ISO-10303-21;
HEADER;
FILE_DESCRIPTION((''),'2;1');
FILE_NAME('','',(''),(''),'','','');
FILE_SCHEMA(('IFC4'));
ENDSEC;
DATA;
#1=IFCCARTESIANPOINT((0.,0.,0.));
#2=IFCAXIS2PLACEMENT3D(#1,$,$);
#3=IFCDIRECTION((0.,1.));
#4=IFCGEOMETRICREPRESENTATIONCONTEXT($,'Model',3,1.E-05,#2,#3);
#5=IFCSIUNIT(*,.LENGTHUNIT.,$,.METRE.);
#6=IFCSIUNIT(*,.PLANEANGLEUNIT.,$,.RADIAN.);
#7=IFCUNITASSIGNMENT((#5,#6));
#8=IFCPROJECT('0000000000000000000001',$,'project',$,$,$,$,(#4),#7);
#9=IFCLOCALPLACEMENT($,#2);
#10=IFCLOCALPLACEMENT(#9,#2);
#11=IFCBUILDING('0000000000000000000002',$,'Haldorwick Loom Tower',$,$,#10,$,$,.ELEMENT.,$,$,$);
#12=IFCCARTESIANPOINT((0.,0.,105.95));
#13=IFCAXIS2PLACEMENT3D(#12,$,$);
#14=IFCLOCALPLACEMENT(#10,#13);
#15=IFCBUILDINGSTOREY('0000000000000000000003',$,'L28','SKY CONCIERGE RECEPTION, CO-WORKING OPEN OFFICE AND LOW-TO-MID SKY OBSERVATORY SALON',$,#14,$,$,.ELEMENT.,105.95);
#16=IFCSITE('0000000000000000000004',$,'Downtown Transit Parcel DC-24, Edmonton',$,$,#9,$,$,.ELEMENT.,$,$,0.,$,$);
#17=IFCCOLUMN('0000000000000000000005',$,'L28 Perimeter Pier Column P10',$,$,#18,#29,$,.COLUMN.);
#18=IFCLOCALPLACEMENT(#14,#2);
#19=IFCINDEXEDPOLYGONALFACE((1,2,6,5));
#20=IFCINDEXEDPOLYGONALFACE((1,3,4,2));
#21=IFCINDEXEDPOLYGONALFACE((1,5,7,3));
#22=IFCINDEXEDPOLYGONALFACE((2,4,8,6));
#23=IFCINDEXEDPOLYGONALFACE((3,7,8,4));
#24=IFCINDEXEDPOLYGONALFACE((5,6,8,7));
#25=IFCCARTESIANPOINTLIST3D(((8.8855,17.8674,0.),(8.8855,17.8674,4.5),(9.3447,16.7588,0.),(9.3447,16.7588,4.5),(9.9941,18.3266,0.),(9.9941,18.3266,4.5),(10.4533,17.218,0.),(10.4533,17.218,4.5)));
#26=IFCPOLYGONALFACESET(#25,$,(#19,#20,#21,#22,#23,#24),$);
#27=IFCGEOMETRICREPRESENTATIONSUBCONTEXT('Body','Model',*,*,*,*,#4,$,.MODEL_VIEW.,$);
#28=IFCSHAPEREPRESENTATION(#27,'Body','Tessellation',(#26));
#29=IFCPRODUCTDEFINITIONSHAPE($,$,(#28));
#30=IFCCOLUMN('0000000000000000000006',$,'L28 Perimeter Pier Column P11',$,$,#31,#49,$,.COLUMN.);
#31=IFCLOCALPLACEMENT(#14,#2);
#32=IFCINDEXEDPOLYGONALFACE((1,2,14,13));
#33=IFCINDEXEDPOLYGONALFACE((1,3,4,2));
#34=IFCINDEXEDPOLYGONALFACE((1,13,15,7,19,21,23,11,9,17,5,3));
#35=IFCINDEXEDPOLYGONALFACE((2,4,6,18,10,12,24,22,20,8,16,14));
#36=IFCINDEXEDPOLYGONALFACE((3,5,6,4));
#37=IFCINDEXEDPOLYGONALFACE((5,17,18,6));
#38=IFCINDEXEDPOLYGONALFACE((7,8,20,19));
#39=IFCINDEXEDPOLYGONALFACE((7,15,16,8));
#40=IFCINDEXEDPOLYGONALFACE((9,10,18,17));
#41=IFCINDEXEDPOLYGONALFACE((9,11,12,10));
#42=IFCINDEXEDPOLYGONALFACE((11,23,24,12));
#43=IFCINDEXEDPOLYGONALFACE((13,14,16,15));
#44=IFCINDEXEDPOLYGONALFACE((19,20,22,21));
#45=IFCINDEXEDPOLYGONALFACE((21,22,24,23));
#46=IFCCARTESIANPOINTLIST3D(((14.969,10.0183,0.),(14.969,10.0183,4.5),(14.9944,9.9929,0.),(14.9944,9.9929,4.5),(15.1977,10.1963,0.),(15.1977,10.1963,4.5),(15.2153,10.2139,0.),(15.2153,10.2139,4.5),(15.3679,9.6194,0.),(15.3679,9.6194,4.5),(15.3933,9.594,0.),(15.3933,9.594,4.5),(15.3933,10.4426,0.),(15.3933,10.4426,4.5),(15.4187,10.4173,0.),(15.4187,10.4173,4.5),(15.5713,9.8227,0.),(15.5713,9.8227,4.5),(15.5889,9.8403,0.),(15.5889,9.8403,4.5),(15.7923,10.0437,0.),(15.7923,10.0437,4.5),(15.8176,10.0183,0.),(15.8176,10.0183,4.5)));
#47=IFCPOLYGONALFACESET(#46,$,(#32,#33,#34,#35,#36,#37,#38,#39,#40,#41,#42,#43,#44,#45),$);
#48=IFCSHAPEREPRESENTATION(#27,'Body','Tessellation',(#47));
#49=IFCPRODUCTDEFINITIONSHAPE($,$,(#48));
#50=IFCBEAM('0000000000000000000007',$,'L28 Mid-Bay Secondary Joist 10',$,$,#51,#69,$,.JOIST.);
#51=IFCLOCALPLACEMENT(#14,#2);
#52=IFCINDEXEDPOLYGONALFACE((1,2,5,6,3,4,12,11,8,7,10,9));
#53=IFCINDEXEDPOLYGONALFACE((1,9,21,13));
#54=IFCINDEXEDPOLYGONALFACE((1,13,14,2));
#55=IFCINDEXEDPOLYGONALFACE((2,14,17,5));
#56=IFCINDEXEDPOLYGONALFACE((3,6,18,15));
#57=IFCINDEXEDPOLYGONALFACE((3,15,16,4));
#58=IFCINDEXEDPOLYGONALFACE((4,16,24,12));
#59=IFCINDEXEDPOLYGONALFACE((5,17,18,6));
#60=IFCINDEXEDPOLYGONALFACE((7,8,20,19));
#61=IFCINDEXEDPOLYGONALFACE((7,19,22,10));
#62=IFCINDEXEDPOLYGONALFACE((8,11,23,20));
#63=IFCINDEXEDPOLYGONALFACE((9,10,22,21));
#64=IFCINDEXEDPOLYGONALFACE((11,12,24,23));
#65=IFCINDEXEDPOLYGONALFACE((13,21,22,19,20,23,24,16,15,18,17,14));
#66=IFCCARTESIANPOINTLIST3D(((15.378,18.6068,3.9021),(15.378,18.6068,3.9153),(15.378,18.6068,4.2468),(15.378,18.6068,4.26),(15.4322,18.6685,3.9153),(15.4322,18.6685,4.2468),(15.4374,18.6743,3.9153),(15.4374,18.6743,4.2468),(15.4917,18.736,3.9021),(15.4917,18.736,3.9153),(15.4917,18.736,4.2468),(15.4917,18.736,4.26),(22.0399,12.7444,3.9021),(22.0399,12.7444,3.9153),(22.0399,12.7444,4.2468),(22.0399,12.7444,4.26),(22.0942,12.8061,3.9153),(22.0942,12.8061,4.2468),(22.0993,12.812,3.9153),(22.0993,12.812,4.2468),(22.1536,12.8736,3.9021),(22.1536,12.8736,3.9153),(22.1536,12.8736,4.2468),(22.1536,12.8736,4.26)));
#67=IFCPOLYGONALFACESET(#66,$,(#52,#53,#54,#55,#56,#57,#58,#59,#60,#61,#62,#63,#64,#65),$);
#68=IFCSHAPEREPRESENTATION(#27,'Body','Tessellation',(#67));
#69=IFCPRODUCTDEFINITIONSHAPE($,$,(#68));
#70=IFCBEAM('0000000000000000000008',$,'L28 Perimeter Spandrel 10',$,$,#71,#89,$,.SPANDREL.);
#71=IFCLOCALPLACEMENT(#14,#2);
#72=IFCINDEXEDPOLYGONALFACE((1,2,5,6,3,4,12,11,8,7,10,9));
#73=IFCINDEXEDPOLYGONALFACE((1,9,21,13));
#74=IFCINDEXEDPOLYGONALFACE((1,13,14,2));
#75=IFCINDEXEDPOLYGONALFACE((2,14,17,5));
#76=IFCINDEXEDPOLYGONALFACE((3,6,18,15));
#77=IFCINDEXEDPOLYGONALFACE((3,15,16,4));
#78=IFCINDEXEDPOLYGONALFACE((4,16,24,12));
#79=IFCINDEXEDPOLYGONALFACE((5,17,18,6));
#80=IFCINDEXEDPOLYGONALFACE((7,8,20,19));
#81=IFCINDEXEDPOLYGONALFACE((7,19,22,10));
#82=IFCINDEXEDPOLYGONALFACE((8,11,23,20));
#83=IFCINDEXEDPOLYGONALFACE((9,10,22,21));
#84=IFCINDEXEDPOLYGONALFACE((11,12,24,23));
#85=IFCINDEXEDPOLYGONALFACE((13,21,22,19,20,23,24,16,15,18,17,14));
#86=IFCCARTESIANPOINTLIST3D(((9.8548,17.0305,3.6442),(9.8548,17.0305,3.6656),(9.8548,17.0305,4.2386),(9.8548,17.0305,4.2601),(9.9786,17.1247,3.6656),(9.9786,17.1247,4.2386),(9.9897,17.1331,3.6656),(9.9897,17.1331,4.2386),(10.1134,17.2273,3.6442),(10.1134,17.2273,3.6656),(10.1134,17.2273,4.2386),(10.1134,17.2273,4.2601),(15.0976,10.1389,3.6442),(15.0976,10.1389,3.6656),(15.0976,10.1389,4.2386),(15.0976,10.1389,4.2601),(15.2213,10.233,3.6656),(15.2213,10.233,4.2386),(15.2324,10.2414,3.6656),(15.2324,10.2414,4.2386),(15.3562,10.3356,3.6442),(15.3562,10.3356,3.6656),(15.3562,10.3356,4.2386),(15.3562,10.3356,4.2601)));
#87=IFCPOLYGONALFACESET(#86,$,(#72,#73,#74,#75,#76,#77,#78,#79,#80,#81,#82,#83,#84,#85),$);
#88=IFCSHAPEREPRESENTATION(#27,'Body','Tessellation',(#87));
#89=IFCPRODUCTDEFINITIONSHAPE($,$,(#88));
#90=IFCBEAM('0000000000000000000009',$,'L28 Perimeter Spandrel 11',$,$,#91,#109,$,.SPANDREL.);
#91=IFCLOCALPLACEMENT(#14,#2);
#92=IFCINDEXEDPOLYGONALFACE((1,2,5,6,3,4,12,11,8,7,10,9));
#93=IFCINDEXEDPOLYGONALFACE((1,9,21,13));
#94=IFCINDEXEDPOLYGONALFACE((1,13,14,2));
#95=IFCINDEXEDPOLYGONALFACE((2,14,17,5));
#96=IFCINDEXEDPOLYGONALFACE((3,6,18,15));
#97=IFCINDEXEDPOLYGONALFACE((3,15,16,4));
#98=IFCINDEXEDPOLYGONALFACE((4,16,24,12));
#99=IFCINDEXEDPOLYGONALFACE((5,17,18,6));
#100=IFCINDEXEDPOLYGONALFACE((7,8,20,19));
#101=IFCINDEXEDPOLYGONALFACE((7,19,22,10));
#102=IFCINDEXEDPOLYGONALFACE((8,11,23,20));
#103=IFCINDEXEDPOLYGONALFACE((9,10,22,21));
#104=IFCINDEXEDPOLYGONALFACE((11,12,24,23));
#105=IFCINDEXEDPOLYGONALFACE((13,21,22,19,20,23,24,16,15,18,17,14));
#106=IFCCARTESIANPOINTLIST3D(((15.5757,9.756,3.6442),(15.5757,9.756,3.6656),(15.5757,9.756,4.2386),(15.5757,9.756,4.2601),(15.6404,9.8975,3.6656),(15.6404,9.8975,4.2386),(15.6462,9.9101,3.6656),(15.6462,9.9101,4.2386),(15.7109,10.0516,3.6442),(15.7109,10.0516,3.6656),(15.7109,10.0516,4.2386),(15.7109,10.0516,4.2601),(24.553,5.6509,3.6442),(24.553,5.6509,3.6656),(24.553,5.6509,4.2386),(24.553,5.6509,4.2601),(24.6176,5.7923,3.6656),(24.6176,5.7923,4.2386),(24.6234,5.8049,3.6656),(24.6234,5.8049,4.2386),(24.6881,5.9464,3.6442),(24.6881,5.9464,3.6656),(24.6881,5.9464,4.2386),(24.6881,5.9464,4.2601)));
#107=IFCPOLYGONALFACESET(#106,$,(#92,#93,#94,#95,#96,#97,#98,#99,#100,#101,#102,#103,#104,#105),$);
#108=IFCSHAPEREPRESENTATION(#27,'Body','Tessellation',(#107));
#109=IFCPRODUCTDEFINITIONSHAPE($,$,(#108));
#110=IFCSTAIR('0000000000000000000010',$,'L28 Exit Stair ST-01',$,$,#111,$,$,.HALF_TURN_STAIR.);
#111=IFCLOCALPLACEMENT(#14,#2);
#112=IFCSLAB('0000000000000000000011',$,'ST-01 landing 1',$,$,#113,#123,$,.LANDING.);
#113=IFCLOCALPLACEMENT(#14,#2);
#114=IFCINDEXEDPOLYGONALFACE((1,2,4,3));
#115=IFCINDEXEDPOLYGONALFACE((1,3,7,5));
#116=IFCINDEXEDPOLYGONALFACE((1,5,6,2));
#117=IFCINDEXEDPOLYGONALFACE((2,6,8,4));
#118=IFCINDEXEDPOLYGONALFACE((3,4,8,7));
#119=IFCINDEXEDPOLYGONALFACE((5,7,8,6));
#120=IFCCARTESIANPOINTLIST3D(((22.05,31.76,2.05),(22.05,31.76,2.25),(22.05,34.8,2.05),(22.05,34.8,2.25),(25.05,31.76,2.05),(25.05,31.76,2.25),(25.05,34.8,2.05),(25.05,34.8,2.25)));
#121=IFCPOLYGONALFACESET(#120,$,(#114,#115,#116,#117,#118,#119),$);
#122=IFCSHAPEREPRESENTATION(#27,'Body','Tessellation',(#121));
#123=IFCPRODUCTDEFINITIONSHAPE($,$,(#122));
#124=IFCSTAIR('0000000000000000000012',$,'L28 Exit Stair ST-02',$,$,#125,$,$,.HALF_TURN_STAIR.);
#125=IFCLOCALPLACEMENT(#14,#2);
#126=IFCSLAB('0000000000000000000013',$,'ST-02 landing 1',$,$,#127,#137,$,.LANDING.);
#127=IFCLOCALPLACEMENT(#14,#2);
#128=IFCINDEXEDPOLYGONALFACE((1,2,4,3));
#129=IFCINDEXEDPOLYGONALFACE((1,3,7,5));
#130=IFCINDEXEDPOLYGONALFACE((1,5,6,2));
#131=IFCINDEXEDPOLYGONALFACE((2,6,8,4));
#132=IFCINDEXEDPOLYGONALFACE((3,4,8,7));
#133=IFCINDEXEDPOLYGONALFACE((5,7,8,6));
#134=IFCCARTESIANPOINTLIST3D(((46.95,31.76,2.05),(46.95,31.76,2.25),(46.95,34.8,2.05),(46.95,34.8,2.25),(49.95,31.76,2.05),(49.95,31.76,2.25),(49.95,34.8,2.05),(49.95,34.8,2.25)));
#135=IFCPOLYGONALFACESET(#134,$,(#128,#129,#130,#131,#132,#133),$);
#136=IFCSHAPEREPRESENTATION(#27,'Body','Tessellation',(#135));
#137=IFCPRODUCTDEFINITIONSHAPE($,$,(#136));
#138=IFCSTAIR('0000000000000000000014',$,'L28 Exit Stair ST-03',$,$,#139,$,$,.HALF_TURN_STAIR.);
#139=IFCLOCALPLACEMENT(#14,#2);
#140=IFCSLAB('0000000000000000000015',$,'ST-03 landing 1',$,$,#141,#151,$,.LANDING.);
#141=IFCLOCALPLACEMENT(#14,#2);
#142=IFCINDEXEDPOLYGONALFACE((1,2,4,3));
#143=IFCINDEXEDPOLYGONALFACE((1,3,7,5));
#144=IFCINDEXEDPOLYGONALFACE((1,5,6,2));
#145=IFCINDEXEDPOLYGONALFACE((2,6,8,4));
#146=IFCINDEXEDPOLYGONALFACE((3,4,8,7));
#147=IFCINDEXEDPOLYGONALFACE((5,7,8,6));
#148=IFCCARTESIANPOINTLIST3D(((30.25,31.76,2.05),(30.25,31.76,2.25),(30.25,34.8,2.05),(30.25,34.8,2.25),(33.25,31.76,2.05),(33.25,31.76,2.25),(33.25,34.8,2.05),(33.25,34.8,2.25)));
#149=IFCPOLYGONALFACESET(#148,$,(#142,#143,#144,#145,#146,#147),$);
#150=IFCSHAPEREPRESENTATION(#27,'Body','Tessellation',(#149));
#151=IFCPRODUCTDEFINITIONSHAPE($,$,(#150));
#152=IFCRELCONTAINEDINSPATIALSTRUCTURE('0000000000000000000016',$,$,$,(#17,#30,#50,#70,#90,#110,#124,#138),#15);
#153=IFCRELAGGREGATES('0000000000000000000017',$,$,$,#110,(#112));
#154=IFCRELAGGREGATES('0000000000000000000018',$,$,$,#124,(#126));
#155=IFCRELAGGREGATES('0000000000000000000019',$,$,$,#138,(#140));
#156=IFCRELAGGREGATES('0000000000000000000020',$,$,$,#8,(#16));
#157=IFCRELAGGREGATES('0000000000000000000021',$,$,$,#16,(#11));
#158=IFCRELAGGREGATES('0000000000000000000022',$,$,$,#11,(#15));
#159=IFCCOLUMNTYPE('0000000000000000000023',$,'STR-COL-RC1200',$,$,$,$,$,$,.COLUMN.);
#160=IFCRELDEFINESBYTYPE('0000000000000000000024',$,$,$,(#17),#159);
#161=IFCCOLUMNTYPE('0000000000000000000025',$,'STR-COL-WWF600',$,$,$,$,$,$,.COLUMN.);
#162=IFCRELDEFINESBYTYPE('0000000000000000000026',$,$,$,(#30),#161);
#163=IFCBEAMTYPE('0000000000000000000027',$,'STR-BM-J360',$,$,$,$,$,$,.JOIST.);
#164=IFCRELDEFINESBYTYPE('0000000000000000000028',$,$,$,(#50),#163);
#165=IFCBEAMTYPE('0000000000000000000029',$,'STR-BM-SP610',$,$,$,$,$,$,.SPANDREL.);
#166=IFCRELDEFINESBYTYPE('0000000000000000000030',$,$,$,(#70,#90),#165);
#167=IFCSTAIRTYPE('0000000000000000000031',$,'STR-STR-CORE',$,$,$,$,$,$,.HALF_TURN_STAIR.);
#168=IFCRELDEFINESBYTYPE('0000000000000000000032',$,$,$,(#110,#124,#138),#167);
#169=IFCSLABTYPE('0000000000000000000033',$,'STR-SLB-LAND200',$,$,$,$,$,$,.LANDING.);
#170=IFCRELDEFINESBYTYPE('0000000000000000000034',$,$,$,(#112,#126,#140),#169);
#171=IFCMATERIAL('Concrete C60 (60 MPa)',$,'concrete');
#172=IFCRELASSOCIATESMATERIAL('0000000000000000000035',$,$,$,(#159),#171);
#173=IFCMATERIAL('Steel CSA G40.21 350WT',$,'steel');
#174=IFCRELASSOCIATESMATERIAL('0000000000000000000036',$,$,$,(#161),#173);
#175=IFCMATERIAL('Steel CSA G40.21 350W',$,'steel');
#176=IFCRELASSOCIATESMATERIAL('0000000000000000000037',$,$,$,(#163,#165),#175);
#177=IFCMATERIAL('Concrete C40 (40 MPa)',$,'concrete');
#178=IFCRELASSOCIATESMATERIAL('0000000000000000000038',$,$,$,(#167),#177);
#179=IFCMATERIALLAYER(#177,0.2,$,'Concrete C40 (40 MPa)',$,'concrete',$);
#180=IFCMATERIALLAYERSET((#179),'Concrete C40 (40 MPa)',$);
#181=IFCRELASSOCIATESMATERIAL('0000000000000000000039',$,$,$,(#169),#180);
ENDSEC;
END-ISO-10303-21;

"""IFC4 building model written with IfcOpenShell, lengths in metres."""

from ifc_helpers import new_model, si_unit, direction, frame, origin, origin_2d, place, context, subcontext, project, spatial, polyline, rectangle, i_section, outline, extrude, material, layer, layer_set, material_profile, profile_set, type_object, element, aggregate, save


model = new_model("IFC4")

# Units and contexts
model_context = context("Model", 3, precision=1e-05, world=origin(), true_north=direction((0.0, 1.0)))
body_context = subcontext(model_context, "Body", "Model", "MODEL_VIEW")
ifc_project = project(units=[si_unit("LENGTHUNIT", "METRE"), si_unit("PLANEANGLEUNIT", "RADIAN")], contexts=[model_context])

# Site, building, storey
site_placement = place(None, origin())
site = spatial("IfcSite", under=ifc_project, at=site_placement, Name="Downtown Transit Parcel DC-24, Edmonton", CompositionType="ELEMENT", RefElevation=0.0)
building_placement = place(site_placement, origin())
building = spatial("IfcBuilding", under=site, at=building_placement, Name="Haldorwick Loom Tower", CompositionType="ELEMENT")
storey_placement = place(building_placement, frame((0.0, 0.0, 105.95)))
storey = spatial("IfcBuildingStorey", under=building, at=storey_placement, Name="L28", Description="SKY CONCIERGE RECEPTION, CO-WORKING OPEN OFFICE AND LOW-TO-MID SKY OBSERVATORY SALON", CompositionType="ELEMENT", Elevation=105.95)

# Columns
ifc_material_1 = material(Name="Concrete C60 (60 MPa)", Category="concrete")
ifc_material_profile_1 = material_profile(ifc_material_1, rectangle(XDim=1.2, YDim=1.2, at=origin_2d()), Name="RC1200X1200", Category="concrete")
ifc_profile_set_1 = profile_set([ifc_material_profile_1], Name="Concrete C60 (60 MPa)")
column_type_1 = type_object("IfcColumnType", Name="STR-COL-RC1200", PredefinedType="COLUMN", material=ifc_profile_set_1)
column_1_placement = place(storey_placement, frame((9.6694, 17.5427, 0.0), z_axis=(0.0, 0.0, 1.0), x_axis=(-0.92388, -0.382683, 0.0)))
element("IfcColumn", 1, at=column_1_placement, inside=storey, type_object=column_type_1, Name="L28 Perimeter Pier Column P10", PredefinedType="COLUMN", context=body_context, shape_type="SweptSolid", body=[
    extrude(rectangle(XDim=1.2, YDim=1.2, at=origin_2d()), origin(), (0.0, 0.0, 1.0), 4.5),
])
ifc_material_2 = material(Name="Steel CSA G40.21 350WT", Category="steel")
ifc_material_profile_2 = material_profile(ifc_material_2, i_section(OverallWidth=0.6001, OverallDepth=0.6001, WebThickness=0.0249, FlangeThickness=0.0359, at=origin_2d()), Name="WWF600X600", Category="steel")
ifc_profile_set_2 = profile_set([ifc_material_profile_2], Name="Steel CSA G40.21 350WT")
column_type_2 = type_object("IfcColumnType", Name="STR-COL-WWF600", PredefinedType="COLUMN", material=ifc_profile_set_2)
column_2_placement = place(storey_placement, frame((15.3933, 10.0183, 0.0), z_axis=(0.0, 0.0, 1.0), x_axis=(-0.707107, -0.707107, 0.0)))
element("IfcColumn", 2, at=column_2_placement, inside=storey, type_object=column_type_2, Name="L28 Perimeter Pier Column P11", PredefinedType="COLUMN", context=body_context, shape_type="SweptSolid", body=[
    extrude(i_section(OverallWidth=0.6001, OverallDepth=0.6001, WebThickness=0.0249, FlangeThickness=0.0359, at=origin_2d()), origin(), (0.0, 0.0, 1.0), 4.5),
])

# Beams
ifc_material_3 = material(Name="Steel CSA G40.21 350W", Category="steel")
ifc_material_profile_3 = material_profile(ifc_material_3, i_section(OverallWidth=0.1721, OverallDepth=0.3579, WebThickness=0.0078, FlangeThickness=0.0132, at=origin_2d()), Name="W360X57", Category="steel")
ifc_profile_set_3 = profile_set([ifc_material_profile_3], Name="Steel CSA G40.21 350W")
beam_type_1 = type_object("IfcBeamType", Name="STR-BM-J360", PredefinedType="JOIST", material=ifc_profile_set_3)
beam_1_placement = place(storey_placement, frame((15.4348, 18.6714, 4.0811), z_axis=(0.750721, -0.660619, 0.0), x_axis=(0.660619, 0.750721, 0.0)))
element("IfcBeam", 3, at=beam_1_placement, inside=storey, type_object=beam_type_1, Name="L28 Mid-Bay Secondary Joist 10", PredefinedType="JOIST", context=body_context, shape_type="SweptSolid", body=[
    extrude(i_section(OverallWidth=0.1721, OverallDepth=0.3579, WebThickness=0.0078, FlangeThickness=0.0132, at=origin_2d()), origin(), (0.0, 0.0, 1.0), 8.874),
])
ifc_material_profile_4 = material_profile(ifc_material_3, i_section(OverallWidth=0.325, OverallDepth=0.616, WebThickness=0.0139, FlangeThickness=0.0215, at=origin_2d()), Name="W610X174", Category="steel")
ifc_profile_set_4 = profile_set([ifc_material_profile_4], Name="Steel CSA G40.21 350W")
beam_type_2 = type_object("IfcBeamType", Name="STR-BM-SP610", PredefinedType="SPANDREL", material=ifc_profile_set_4)
beam_2_placement = place(storey_placement, frame((9.9841, 17.1289, 3.9521), z_axis=(0.605454, -0.795881, 0.0), x_axis=(0.795881, 0.605454, 0.0)))
element("IfcBeam", 4, at=beam_2_placement, inside=storey, type_object=beam_type_2, Name="L28 Perimeter Spandrel 10", PredefinedType="SPANDREL", context=body_context, shape_type="SweptSolid", body=[
    extrude(i_section(OverallWidth=0.325, OverallDepth=0.616, WebThickness=0.0139, FlangeThickness=0.0215, at=origin_2d()), origin(), (0.0, 0.0, 1.0), 8.6592),
])
beam_3_placement = place(storey_placement, frame((15.6433, 9.9038, 3.9521), z_axis=(0.909424, -0.41587, 0.0), x_axis=(0.41587, 0.909424, 0.0)))
element("IfcBeam", 5, at=beam_3_placement, inside=storey, type_object=beam_type_2, Name="L28 Perimeter Spandrel 11", PredefinedType="SPANDREL", context=body_context, shape_type="SweptSolid", body=[
    extrude(i_section(OverallWidth=0.325, OverallDepth=0.616, WebThickness=0.0139, FlangeThickness=0.0215, at=origin_2d()), origin(), (0.0, 0.0, 1.0), 9.8713),
])

# Stairs, slabs
ifc_material_4 = material(Name="Concrete C40 (40 MPa)", Category="concrete")
stair_type = type_object("IfcStairType", Name="STR-STR-CORE", PredefinedType="HALF_TURN_STAIR", material=ifc_material_4)
stair_1_placement = place(storey_placement, origin())
stair_1 = element("IfcStair", 6, at=stair_1_placement, inside=storey, type_object=stair_type, Name="L28 Exit Stair ST-01", PredefinedType="HALF_TURN_STAIR")
ifc_layer_1 = layer(ifc_material_4, 0.2, Name="Concrete C40 (40 MPa)", Category="concrete")
ifc_layer_set_1 = layer_set([ifc_layer_1], Name="Concrete C40 (40 MPa)")
slab_type_1 = type_object("IfcSlabType", Name="STR-SLB-LAND200", PredefinedType="LANDING", material=ifc_layer_set_1)
slab_1_placement = place(storey_placement, frame((0.0, 0.0, 2.05)))
slab_1 = element("IfcSlab", 7, at=slab_1_placement, type_object=slab_type_1, Name="ST-01 landing 1", PredefinedType="LANDING", context=body_context, shape_type="SweptSolid", body=[
    extrude(outline(polyline([(25.05, 31.76), (25.05, 34.8), (22.05, 34.8), (22.05, 31.76), (25.05, 31.76)])), origin(), (0.0, 0.0, 1.0), 0.2),
])
aggregate(stair_1, [slab_1])
stair_2_placement = place(storey_placement, origin())
stair_2 = element("IfcStair", 8, at=stair_2_placement, inside=storey, type_object=stair_type, Name="L28 Exit Stair ST-02", PredefinedType="HALF_TURN_STAIR")
slab_2_placement = place(storey_placement, frame((0.0, 0.0, 2.05)))
slab_2 = element("IfcSlab", 9, at=slab_2_placement, type_object=slab_type_1, Name="ST-02 landing 1", PredefinedType="LANDING", context=body_context, shape_type="SweptSolid", body=[
    extrude(outline(polyline([(49.95, 31.76), (49.95, 34.8), (46.95, 34.8), (46.95, 31.76), (49.95, 31.76)])), origin(), (0.0, 0.0, 1.0), 0.2),
])
aggregate(stair_2, [slab_2])
stair_3_placement = place(storey_placement, origin())
stair_3 = element("IfcStair", 10, at=stair_3_placement, inside=storey, type_object=stair_type, Name="L28 Exit Stair ST-03", PredefinedType="HALF_TURN_STAIR")
slab_3_placement = place(storey_placement, frame((0.0, 0.0, 2.05)))
slab_3 = element("IfcSlab", 11, at=slab_3_placement, type_object=slab_type_1, Name="ST-03 landing 1", PredefinedType="LANDING", context=body_context, shape_type="SweptSolid", body=[
    extrude(outline(polyline([(33.25, 31.76), (33.25, 34.8), (30.25, 34.8), (30.25, 31.76), (33.25, 31.76)])), origin(), (0.0, 0.0, 1.0), 0.2),
])
aggregate(stair_3, [slab_3])

save(model, "model.ifc")
